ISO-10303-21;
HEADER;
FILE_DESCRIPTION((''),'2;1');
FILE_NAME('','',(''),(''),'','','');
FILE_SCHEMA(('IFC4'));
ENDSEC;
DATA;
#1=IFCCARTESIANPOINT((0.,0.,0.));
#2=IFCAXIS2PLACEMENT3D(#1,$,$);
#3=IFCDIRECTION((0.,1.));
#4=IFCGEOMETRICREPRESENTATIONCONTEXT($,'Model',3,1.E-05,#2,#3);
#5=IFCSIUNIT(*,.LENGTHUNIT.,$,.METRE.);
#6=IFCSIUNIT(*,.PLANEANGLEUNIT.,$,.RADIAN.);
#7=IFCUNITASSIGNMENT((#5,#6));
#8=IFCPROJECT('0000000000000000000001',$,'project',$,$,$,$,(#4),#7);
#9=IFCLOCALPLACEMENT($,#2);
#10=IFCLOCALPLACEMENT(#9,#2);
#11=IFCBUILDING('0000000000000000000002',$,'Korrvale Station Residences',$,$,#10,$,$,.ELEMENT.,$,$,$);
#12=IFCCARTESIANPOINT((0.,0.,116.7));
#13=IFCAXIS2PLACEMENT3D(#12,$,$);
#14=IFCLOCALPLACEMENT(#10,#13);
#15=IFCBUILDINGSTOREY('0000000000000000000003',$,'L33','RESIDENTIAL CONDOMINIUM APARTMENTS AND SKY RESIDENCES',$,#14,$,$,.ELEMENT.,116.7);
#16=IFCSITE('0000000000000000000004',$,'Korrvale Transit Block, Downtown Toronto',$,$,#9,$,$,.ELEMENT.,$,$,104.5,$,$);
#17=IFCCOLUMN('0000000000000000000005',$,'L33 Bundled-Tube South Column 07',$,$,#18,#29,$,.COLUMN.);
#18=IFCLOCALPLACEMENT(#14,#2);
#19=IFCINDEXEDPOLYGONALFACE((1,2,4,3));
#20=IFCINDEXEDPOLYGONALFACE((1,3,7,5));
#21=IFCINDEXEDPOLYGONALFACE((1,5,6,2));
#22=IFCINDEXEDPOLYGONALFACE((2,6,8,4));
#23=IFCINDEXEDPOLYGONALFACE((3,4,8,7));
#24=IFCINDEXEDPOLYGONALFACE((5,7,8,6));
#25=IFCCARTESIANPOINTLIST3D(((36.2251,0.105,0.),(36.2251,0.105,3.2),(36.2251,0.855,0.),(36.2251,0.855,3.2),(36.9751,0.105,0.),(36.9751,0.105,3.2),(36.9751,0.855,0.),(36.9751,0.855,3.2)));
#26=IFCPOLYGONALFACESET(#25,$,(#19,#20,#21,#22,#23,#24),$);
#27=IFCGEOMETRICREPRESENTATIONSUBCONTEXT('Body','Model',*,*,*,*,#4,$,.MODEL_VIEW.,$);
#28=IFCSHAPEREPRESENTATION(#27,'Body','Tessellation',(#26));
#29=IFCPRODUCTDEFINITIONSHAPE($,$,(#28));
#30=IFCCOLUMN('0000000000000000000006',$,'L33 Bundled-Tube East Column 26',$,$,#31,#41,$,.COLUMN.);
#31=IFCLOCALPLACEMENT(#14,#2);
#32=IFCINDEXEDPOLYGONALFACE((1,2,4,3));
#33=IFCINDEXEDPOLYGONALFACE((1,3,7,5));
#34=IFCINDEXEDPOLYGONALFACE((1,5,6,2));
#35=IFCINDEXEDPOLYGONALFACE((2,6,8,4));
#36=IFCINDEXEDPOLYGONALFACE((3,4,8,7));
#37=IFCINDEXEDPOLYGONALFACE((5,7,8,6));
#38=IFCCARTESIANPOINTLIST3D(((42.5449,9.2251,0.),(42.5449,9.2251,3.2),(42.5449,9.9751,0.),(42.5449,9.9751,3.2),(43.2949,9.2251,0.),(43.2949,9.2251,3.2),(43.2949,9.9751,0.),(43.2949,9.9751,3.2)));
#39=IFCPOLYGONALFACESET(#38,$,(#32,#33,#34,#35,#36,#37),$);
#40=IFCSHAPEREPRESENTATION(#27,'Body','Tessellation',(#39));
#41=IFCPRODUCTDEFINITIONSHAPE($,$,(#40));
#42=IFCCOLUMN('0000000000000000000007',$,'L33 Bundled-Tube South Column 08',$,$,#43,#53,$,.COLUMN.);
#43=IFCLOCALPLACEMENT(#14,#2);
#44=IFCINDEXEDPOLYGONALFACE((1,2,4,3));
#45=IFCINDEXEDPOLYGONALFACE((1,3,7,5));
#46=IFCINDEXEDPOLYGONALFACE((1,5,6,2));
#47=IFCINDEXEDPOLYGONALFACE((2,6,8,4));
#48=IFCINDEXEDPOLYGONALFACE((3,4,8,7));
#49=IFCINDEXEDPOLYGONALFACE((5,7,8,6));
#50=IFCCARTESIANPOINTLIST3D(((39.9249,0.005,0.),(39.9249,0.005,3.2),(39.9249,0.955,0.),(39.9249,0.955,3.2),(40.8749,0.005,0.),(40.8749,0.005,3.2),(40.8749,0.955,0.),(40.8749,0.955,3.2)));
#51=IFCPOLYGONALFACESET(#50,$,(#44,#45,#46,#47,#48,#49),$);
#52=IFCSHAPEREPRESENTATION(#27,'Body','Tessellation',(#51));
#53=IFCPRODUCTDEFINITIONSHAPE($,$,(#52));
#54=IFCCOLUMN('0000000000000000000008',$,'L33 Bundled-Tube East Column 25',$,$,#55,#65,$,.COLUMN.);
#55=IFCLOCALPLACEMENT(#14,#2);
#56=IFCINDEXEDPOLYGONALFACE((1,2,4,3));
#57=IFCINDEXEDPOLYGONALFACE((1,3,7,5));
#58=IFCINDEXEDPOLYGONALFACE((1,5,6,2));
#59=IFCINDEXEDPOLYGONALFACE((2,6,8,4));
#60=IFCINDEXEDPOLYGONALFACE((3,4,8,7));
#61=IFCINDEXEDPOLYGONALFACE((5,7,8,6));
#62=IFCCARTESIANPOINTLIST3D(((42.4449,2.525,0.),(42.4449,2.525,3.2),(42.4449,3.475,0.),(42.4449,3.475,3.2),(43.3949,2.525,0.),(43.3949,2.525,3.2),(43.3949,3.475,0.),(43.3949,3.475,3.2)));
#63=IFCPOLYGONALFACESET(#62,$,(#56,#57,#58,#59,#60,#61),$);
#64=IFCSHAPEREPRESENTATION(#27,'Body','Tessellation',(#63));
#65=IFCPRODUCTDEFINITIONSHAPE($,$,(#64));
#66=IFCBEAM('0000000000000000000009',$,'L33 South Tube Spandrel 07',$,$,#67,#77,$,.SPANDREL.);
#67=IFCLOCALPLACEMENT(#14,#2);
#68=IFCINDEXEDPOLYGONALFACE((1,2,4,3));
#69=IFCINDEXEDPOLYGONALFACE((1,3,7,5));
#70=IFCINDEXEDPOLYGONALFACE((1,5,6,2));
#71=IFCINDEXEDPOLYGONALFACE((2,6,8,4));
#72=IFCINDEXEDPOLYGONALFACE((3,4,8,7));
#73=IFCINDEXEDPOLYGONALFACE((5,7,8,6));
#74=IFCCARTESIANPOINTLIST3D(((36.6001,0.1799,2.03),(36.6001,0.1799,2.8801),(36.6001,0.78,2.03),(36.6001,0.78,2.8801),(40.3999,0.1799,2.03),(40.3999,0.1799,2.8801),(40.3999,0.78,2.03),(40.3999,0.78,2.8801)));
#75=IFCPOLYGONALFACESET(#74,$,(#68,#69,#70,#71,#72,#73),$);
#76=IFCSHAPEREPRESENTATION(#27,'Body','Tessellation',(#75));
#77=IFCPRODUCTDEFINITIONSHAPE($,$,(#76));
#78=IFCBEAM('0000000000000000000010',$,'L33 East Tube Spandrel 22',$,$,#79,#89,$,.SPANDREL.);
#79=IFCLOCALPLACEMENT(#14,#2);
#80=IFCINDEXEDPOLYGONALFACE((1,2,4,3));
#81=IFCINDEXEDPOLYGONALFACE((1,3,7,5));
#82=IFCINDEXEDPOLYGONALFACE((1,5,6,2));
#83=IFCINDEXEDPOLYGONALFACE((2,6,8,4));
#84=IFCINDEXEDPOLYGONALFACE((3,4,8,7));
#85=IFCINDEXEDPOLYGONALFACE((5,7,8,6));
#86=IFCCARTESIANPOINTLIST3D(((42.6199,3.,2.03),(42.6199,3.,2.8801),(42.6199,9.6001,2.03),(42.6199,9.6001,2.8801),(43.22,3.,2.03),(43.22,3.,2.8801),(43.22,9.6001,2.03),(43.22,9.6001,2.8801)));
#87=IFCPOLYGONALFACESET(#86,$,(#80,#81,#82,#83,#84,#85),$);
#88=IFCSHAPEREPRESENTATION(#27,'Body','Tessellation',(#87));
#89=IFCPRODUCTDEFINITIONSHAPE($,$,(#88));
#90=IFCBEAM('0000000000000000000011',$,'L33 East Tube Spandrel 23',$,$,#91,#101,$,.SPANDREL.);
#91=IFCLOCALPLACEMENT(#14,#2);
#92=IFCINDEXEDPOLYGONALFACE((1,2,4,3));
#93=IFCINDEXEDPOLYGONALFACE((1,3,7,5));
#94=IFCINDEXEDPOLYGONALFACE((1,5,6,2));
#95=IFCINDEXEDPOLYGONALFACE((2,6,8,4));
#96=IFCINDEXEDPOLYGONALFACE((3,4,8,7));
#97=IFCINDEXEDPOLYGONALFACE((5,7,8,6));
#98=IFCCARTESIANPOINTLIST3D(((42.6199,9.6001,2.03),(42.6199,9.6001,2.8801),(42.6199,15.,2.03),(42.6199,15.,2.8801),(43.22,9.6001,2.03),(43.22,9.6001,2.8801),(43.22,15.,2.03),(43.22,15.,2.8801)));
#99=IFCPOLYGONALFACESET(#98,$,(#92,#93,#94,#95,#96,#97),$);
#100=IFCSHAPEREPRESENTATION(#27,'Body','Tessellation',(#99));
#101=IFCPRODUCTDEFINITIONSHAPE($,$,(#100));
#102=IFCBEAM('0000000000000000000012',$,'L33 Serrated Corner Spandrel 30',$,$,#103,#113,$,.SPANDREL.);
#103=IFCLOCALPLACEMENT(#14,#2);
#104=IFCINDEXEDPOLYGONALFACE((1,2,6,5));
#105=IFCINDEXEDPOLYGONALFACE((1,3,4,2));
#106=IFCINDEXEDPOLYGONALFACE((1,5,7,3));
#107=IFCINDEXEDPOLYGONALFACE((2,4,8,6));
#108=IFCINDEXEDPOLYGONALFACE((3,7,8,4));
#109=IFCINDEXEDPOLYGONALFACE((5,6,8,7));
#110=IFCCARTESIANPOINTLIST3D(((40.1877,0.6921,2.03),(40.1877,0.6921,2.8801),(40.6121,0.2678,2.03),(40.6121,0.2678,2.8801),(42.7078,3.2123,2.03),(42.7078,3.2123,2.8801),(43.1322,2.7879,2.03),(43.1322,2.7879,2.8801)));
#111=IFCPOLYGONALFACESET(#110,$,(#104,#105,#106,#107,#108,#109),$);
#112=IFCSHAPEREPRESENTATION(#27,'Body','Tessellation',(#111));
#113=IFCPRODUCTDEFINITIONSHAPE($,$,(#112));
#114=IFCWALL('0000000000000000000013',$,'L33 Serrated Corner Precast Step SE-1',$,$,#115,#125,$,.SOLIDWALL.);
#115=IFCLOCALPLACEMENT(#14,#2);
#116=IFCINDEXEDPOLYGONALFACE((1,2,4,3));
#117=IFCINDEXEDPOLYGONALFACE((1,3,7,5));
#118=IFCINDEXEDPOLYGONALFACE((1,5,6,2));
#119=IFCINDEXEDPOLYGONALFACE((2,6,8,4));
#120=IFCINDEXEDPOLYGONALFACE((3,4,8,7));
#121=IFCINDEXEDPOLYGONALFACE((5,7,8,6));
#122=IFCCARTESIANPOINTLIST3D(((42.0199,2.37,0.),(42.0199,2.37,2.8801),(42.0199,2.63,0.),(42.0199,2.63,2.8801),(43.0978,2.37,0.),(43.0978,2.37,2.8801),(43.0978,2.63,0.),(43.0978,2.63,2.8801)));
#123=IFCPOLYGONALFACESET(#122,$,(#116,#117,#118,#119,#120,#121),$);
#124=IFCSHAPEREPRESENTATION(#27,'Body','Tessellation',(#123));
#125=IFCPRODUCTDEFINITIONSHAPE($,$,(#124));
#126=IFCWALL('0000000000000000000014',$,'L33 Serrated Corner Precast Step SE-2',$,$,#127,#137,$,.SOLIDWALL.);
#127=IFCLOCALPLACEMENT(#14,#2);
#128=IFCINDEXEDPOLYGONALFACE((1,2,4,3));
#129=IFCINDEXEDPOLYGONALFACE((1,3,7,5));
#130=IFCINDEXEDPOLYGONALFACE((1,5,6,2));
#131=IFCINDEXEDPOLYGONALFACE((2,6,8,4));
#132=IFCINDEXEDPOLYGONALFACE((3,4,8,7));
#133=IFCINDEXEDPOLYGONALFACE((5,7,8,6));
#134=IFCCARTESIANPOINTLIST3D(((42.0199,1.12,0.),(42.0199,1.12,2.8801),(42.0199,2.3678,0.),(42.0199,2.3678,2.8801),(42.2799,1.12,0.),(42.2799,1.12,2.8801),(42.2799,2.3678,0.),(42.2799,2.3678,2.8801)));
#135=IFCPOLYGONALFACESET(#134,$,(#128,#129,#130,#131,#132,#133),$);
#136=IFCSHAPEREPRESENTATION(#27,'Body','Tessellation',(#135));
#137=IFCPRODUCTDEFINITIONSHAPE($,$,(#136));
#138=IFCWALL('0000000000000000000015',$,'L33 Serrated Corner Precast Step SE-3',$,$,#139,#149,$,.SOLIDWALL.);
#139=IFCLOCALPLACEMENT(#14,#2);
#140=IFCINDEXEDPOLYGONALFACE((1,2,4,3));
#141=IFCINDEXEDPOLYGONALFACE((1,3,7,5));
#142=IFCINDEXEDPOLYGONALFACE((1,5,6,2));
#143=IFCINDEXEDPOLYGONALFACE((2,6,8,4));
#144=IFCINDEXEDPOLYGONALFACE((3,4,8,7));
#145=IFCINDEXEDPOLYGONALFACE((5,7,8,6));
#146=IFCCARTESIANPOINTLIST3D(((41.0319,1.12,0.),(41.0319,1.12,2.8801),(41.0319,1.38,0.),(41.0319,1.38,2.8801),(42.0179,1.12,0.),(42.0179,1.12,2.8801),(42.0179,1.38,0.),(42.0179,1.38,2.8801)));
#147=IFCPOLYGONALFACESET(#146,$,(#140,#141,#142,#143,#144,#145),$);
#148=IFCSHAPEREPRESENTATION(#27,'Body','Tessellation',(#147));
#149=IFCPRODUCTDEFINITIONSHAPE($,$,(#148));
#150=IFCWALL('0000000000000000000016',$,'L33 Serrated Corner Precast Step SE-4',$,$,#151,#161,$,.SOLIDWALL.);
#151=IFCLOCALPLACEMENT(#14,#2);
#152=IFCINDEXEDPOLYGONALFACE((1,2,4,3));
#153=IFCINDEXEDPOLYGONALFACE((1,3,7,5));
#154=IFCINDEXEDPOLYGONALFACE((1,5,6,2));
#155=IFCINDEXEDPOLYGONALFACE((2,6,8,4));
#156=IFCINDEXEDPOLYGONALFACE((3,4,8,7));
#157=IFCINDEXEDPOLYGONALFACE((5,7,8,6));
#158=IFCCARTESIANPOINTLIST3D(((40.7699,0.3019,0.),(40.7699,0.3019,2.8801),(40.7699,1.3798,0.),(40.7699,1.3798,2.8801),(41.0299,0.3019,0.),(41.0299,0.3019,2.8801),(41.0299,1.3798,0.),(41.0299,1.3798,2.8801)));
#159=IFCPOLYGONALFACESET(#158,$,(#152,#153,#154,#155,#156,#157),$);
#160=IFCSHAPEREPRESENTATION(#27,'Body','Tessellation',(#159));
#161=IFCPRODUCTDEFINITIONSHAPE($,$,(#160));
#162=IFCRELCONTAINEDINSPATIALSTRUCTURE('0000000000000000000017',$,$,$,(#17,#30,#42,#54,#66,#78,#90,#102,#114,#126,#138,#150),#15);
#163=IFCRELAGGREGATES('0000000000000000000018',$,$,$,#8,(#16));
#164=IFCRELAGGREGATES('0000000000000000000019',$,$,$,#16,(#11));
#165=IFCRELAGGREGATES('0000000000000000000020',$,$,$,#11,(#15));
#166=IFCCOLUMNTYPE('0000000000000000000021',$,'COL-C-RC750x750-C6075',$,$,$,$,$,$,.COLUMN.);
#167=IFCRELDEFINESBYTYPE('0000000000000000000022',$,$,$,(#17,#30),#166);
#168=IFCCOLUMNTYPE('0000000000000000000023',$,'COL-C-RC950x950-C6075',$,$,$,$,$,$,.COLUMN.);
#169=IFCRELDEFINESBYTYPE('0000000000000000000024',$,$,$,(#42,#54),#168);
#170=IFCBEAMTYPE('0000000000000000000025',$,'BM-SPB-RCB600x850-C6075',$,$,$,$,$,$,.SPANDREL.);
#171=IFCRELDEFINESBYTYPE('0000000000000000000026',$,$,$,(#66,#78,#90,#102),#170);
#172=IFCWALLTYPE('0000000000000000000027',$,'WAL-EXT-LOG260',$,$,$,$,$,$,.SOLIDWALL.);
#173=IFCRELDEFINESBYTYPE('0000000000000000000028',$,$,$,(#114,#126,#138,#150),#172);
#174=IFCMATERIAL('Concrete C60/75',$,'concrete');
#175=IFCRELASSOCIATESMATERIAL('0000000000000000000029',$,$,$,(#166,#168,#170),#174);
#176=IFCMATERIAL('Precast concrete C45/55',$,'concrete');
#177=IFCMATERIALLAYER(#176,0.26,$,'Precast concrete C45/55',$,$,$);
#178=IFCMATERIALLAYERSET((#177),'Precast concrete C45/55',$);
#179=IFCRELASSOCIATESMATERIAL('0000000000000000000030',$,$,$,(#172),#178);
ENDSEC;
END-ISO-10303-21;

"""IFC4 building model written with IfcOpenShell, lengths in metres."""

from ifc_helpers import new_model, si_unit, direction, frame, frame_2d, origin, origin_2d, place, context, subcontext, project, spatial, rectangle, extrude, material, layer, layer_set, material_profile, profile_set, type_object, element, save


model = new_model("IFC4")

# Units and contexts
model_context = context("Model", 3, precision=1e-05, world=origin(), true_north=direction((0.0, 1.0)))
body_context = subcontext(model_context, "Body", "Model", "MODEL_VIEW")
ifc_project = project(units=[si_unit("LENGTHUNIT", "METRE"), si_unit("PLANEANGLEUNIT", "RADIAN")], contexts=[model_context])

# Site, building, storey
site_placement = place(None, origin())
site = spatial("IfcSite", under=ifc_project, at=site_placement, Name="Korrvale Transit Block, Downtown Toronto", CompositionType="ELEMENT", RefElevation=104.5)
building_placement = place(site_placement, origin())
building = spatial("IfcBuilding", under=site, at=building_placement, Name="Korrvale Station Residences", CompositionType="ELEMENT")
storey_placement = place(building_placement, frame((0.0, 0.0, 116.7)))
storey = spatial("IfcBuildingStorey", under=building, at=storey_placement, Name="L33", Description="RESIDENTIAL CONDOMINIUM APARTMENTS AND SKY RESIDENCES", CompositionType="ELEMENT", Elevation=116.7)

# Columns
ifc_material_1 = material(Name="Concrete C60/75", Category="concrete")
ifc_material_profile_1 = material_profile(ifc_material_1, rectangle(XDim=0.75, YDim=0.75, at=origin_2d()), Name="RC750x750")
ifc_profile_set_1 = profile_set([ifc_material_profile_1], Name="Concrete C60/75")
column_type_1 = type_object("IfcColumnType", Name="COL-C-RC750x750-C6075", PredefinedType="COLUMN", material=ifc_profile_set_1)
for number, where, z_axis, x_axis, name in (
    (1, (36.6001, 0.48, 0.0), (0.0, 0.0, 1.0), (1.0, 0.0, 0.0), "L33 Bundled-Tube South Column 07"),
    (2, (42.9199, 9.6001, 0.0), (0.0, 0.0, 1.0), (1.0, 0.0, 0.0), "L33 Bundled-Tube East Column 26"),
):
    element("IfcColumn", number, at=place(storey_placement, frame(where, z_axis=z_axis, x_axis=x_axis)), inside=storey, type_object=column_type_1, Name=name, PredefinedType="COLUMN", context=body_context, shape_type="SweptSolid", body=[
        extrude(rectangle(XDim=0.75, YDim=0.75, at=origin_2d()), origin(), (0.0, 0.0, 1.0), 3.2),
    ])
ifc_material_profile_2 = material_profile(ifc_material_1, rectangle(XDim=0.95, YDim=0.95, at=origin_2d()), Name="RC950x950")
ifc_profile_set_2 = profile_set([ifc_material_profile_2], Name="Concrete C60/75")
column_type_2 = type_object("IfcColumnType", Name="COL-C-RC950x950-C6075", PredefinedType="COLUMN", material=ifc_profile_set_2)
for number, where, z_axis, x_axis, name in (
    (3, (40.3999, 0.48, 0.0), (0.0, 0.0, 1.0), (1.0, 0.0, 0.0), "L33 Bundled-Tube South Column 08"),
    (4, (42.9199, 3.0, 0.0), (0.0, 0.0, 1.0), (1.0, 0.0, 0.0), "L33 Bundled-Tube East Column 25"),
):
    element("IfcColumn", number, at=place(storey_placement, frame(where, z_axis=z_axis, x_axis=x_axis)), inside=storey, type_object=column_type_2, Name=name, PredefinedType="COLUMN", context=body_context, shape_type="SweptSolid", body=[
        extrude(rectangle(XDim=0.95, YDim=0.95, at=origin_2d()), origin(), (0.0, 0.0, 1.0), 3.2),
    ])

# Beams
ifc_material_profile_3 = material_profile(ifc_material_1, rectangle(XDim=0.6001, YDim=0.8501, at=origin_2d()), Name="RCB600x850")
ifc_profile_set_3 = profile_set([ifc_material_profile_3], Name="Concrete C60/75")
beam_type = type_object("IfcBeamType", Name="BM-SPB-RCB600x850-C6075", PredefinedType="SPANDREL", material=ifc_profile_set_3)
beam_1_placement = place(storey_placement, frame((36.6001, 0.48, 2.4551), z_axis=(1.0, 0.0, 0.0), x_axis=(0.0, 1.0, 0.0)))
element("IfcBeam", 5, at=beam_1_placement, inside=storey, type_object=beam_type, Name="L33 South Tube Spandrel 07", PredefinedType="SPANDREL", context=body_context, shape_type="SweptSolid", body=[
    extrude(rectangle(XDim=0.6001, YDim=0.8501, at=origin_2d()), origin(), (0.0, 0.0, 1.0), 3.7998),
])
beam_2_placement = place(storey_placement, frame((42.9199, 3.0, 2.4551), z_axis=(0.0, 1.0, 0.0), x_axis=(-1.0, 0.0, 0.0)))
element("IfcBeam", 6, at=beam_2_placement, inside=storey, type_object=beam_type, Name="L33 East Tube Spandrel 22", PredefinedType="SPANDREL", context=body_context, shape_type="SweptSolid", body=[
    extrude(rectangle(XDim=0.6001, YDim=0.8501, at=origin_2d()), origin(), (0.0, 0.0, 1.0), 6.6001),
])
beam_3_placement = place(storey_placement, frame((42.9199, 9.6001, 2.4551), z_axis=(0.0, 1.0, 0.0), x_axis=(-1.0, 0.0, 0.0)))
element("IfcBeam", 7, at=beam_3_placement, inside=storey, type_object=beam_type, Name="L33 East Tube Spandrel 23", PredefinedType="SPANDREL", context=body_context, shape_type="SweptSolid", body=[
    extrude(rectangle(XDim=0.6001, YDim=0.8501, at=origin_2d()), origin(), (0.0, 0.0, 1.0), 5.3999),
])
beam_4_placement = place(storey_placement, frame((40.3999, 0.48, 2.4551), z_axis=(0.707107, 0.707107, 0.0), x_axis=(-0.707107, 0.707107, 0.0)))
element("IfcBeam", 8, at=beam_4_placement, inside=storey, type_object=beam_type, Name="L33 Serrated Corner Spandrel 30", PredefinedType="SPANDREL", context=body_context, shape_type="SweptSolid", body=[
    extrude(rectangle(XDim=0.6001, YDim=0.8501, at=origin_2d()), origin(), (0.0, 0.0, 1.0), 3.564),
])

# Walls
ifc_material_2 = material(Name="Precast concrete C45/55", Category="concrete")
ifc_layer_1 = layer(ifc_material_2, 0.26, Name="Precast concrete C45/55")
ifc_layer_set_1 = layer_set([ifc_layer_1], Name="Precast concrete C45/55")
wall_type_1 = type_object("IfcWallType", Name="WAL-EXT-LOG260", PredefinedType="SOLIDWALL", material=ifc_layer_set_1)
wall_1_placement = place(storey_placement, frame((43.0979, 2.5, 0.0), z_axis=(0.0, 0.0, 1.0), x_axis=(-1.0, 0.0, 0.0)))
element("IfcWall", 9, at=wall_1_placement, inside=storey, type_object=wall_type_1, Name="L33 Serrated Corner Precast Step SE-1", PredefinedType="SOLIDWALL", context=body_context, shape_type="SweptSolid", body=[
    extrude(rectangle(XDim=1.0779, YDim=0.26, at=frame_2d((0.5391, 0.0))), origin(), (0.0, 0.0, 1.0), 2.8801),
])
wall_2_placement = place(storey_placement, frame((42.1499, 2.3679, 0.0), z_axis=(0.0, 0.0, 1.0), x_axis=(0.0, -1.0, 0.0)))
element("IfcWall", 10, at=wall_2_placement, inside=storey, type_object=wall_type_1, Name="L33 Serrated Corner Precast Step SE-2", PredefinedType="SOLIDWALL", context=body_context, shape_type="SweptSolid", body=[
    extrude(rectangle(XDim=1.2478, YDim=0.26, at=frame_2d((0.624, 0.0))), origin(), (0.0, 0.0, 1.0), 2.8801),
])
wall_3_placement = place(storey_placement, frame((42.0181, 1.25, 0.0), z_axis=(0.0, 0.0, 1.0), x_axis=(-1.0, 0.0, 0.0)))
element("IfcWall", 11, at=wall_3_placement, inside=storey, type_object=wall_type_1, Name="L33 Serrated Corner Precast Step SE-3", PredefinedType="SOLIDWALL", context=body_context, shape_type="SweptSolid", body=[
    extrude(rectangle(XDim=0.9861, YDim=0.26, at=frame_2d((0.4932, 0.0))), origin(), (0.0, 0.0, 1.0), 2.8801),
])
wall_4_placement = place(storey_placement, frame((40.8999, 1.3799, 0.0), z_axis=(0.0, 0.0, 1.0), x_axis=(0.0, -1.0, 0.0)))
element("IfcWall", 12, at=wall_4_placement, inside=storey, type_object=wall_type_1, Name="L33 Serrated Corner Precast Step SE-4", PredefinedType="SOLIDWALL", context=body_context, shape_type="SweptSolid", body=[
    extrude(rectangle(XDim=1.0779, YDim=0.26, at=frame_2d((0.5391, 0.0))), origin(), (0.0, 0.0, 1.0), 2.8801),
])

save(model, "model.ifc")
